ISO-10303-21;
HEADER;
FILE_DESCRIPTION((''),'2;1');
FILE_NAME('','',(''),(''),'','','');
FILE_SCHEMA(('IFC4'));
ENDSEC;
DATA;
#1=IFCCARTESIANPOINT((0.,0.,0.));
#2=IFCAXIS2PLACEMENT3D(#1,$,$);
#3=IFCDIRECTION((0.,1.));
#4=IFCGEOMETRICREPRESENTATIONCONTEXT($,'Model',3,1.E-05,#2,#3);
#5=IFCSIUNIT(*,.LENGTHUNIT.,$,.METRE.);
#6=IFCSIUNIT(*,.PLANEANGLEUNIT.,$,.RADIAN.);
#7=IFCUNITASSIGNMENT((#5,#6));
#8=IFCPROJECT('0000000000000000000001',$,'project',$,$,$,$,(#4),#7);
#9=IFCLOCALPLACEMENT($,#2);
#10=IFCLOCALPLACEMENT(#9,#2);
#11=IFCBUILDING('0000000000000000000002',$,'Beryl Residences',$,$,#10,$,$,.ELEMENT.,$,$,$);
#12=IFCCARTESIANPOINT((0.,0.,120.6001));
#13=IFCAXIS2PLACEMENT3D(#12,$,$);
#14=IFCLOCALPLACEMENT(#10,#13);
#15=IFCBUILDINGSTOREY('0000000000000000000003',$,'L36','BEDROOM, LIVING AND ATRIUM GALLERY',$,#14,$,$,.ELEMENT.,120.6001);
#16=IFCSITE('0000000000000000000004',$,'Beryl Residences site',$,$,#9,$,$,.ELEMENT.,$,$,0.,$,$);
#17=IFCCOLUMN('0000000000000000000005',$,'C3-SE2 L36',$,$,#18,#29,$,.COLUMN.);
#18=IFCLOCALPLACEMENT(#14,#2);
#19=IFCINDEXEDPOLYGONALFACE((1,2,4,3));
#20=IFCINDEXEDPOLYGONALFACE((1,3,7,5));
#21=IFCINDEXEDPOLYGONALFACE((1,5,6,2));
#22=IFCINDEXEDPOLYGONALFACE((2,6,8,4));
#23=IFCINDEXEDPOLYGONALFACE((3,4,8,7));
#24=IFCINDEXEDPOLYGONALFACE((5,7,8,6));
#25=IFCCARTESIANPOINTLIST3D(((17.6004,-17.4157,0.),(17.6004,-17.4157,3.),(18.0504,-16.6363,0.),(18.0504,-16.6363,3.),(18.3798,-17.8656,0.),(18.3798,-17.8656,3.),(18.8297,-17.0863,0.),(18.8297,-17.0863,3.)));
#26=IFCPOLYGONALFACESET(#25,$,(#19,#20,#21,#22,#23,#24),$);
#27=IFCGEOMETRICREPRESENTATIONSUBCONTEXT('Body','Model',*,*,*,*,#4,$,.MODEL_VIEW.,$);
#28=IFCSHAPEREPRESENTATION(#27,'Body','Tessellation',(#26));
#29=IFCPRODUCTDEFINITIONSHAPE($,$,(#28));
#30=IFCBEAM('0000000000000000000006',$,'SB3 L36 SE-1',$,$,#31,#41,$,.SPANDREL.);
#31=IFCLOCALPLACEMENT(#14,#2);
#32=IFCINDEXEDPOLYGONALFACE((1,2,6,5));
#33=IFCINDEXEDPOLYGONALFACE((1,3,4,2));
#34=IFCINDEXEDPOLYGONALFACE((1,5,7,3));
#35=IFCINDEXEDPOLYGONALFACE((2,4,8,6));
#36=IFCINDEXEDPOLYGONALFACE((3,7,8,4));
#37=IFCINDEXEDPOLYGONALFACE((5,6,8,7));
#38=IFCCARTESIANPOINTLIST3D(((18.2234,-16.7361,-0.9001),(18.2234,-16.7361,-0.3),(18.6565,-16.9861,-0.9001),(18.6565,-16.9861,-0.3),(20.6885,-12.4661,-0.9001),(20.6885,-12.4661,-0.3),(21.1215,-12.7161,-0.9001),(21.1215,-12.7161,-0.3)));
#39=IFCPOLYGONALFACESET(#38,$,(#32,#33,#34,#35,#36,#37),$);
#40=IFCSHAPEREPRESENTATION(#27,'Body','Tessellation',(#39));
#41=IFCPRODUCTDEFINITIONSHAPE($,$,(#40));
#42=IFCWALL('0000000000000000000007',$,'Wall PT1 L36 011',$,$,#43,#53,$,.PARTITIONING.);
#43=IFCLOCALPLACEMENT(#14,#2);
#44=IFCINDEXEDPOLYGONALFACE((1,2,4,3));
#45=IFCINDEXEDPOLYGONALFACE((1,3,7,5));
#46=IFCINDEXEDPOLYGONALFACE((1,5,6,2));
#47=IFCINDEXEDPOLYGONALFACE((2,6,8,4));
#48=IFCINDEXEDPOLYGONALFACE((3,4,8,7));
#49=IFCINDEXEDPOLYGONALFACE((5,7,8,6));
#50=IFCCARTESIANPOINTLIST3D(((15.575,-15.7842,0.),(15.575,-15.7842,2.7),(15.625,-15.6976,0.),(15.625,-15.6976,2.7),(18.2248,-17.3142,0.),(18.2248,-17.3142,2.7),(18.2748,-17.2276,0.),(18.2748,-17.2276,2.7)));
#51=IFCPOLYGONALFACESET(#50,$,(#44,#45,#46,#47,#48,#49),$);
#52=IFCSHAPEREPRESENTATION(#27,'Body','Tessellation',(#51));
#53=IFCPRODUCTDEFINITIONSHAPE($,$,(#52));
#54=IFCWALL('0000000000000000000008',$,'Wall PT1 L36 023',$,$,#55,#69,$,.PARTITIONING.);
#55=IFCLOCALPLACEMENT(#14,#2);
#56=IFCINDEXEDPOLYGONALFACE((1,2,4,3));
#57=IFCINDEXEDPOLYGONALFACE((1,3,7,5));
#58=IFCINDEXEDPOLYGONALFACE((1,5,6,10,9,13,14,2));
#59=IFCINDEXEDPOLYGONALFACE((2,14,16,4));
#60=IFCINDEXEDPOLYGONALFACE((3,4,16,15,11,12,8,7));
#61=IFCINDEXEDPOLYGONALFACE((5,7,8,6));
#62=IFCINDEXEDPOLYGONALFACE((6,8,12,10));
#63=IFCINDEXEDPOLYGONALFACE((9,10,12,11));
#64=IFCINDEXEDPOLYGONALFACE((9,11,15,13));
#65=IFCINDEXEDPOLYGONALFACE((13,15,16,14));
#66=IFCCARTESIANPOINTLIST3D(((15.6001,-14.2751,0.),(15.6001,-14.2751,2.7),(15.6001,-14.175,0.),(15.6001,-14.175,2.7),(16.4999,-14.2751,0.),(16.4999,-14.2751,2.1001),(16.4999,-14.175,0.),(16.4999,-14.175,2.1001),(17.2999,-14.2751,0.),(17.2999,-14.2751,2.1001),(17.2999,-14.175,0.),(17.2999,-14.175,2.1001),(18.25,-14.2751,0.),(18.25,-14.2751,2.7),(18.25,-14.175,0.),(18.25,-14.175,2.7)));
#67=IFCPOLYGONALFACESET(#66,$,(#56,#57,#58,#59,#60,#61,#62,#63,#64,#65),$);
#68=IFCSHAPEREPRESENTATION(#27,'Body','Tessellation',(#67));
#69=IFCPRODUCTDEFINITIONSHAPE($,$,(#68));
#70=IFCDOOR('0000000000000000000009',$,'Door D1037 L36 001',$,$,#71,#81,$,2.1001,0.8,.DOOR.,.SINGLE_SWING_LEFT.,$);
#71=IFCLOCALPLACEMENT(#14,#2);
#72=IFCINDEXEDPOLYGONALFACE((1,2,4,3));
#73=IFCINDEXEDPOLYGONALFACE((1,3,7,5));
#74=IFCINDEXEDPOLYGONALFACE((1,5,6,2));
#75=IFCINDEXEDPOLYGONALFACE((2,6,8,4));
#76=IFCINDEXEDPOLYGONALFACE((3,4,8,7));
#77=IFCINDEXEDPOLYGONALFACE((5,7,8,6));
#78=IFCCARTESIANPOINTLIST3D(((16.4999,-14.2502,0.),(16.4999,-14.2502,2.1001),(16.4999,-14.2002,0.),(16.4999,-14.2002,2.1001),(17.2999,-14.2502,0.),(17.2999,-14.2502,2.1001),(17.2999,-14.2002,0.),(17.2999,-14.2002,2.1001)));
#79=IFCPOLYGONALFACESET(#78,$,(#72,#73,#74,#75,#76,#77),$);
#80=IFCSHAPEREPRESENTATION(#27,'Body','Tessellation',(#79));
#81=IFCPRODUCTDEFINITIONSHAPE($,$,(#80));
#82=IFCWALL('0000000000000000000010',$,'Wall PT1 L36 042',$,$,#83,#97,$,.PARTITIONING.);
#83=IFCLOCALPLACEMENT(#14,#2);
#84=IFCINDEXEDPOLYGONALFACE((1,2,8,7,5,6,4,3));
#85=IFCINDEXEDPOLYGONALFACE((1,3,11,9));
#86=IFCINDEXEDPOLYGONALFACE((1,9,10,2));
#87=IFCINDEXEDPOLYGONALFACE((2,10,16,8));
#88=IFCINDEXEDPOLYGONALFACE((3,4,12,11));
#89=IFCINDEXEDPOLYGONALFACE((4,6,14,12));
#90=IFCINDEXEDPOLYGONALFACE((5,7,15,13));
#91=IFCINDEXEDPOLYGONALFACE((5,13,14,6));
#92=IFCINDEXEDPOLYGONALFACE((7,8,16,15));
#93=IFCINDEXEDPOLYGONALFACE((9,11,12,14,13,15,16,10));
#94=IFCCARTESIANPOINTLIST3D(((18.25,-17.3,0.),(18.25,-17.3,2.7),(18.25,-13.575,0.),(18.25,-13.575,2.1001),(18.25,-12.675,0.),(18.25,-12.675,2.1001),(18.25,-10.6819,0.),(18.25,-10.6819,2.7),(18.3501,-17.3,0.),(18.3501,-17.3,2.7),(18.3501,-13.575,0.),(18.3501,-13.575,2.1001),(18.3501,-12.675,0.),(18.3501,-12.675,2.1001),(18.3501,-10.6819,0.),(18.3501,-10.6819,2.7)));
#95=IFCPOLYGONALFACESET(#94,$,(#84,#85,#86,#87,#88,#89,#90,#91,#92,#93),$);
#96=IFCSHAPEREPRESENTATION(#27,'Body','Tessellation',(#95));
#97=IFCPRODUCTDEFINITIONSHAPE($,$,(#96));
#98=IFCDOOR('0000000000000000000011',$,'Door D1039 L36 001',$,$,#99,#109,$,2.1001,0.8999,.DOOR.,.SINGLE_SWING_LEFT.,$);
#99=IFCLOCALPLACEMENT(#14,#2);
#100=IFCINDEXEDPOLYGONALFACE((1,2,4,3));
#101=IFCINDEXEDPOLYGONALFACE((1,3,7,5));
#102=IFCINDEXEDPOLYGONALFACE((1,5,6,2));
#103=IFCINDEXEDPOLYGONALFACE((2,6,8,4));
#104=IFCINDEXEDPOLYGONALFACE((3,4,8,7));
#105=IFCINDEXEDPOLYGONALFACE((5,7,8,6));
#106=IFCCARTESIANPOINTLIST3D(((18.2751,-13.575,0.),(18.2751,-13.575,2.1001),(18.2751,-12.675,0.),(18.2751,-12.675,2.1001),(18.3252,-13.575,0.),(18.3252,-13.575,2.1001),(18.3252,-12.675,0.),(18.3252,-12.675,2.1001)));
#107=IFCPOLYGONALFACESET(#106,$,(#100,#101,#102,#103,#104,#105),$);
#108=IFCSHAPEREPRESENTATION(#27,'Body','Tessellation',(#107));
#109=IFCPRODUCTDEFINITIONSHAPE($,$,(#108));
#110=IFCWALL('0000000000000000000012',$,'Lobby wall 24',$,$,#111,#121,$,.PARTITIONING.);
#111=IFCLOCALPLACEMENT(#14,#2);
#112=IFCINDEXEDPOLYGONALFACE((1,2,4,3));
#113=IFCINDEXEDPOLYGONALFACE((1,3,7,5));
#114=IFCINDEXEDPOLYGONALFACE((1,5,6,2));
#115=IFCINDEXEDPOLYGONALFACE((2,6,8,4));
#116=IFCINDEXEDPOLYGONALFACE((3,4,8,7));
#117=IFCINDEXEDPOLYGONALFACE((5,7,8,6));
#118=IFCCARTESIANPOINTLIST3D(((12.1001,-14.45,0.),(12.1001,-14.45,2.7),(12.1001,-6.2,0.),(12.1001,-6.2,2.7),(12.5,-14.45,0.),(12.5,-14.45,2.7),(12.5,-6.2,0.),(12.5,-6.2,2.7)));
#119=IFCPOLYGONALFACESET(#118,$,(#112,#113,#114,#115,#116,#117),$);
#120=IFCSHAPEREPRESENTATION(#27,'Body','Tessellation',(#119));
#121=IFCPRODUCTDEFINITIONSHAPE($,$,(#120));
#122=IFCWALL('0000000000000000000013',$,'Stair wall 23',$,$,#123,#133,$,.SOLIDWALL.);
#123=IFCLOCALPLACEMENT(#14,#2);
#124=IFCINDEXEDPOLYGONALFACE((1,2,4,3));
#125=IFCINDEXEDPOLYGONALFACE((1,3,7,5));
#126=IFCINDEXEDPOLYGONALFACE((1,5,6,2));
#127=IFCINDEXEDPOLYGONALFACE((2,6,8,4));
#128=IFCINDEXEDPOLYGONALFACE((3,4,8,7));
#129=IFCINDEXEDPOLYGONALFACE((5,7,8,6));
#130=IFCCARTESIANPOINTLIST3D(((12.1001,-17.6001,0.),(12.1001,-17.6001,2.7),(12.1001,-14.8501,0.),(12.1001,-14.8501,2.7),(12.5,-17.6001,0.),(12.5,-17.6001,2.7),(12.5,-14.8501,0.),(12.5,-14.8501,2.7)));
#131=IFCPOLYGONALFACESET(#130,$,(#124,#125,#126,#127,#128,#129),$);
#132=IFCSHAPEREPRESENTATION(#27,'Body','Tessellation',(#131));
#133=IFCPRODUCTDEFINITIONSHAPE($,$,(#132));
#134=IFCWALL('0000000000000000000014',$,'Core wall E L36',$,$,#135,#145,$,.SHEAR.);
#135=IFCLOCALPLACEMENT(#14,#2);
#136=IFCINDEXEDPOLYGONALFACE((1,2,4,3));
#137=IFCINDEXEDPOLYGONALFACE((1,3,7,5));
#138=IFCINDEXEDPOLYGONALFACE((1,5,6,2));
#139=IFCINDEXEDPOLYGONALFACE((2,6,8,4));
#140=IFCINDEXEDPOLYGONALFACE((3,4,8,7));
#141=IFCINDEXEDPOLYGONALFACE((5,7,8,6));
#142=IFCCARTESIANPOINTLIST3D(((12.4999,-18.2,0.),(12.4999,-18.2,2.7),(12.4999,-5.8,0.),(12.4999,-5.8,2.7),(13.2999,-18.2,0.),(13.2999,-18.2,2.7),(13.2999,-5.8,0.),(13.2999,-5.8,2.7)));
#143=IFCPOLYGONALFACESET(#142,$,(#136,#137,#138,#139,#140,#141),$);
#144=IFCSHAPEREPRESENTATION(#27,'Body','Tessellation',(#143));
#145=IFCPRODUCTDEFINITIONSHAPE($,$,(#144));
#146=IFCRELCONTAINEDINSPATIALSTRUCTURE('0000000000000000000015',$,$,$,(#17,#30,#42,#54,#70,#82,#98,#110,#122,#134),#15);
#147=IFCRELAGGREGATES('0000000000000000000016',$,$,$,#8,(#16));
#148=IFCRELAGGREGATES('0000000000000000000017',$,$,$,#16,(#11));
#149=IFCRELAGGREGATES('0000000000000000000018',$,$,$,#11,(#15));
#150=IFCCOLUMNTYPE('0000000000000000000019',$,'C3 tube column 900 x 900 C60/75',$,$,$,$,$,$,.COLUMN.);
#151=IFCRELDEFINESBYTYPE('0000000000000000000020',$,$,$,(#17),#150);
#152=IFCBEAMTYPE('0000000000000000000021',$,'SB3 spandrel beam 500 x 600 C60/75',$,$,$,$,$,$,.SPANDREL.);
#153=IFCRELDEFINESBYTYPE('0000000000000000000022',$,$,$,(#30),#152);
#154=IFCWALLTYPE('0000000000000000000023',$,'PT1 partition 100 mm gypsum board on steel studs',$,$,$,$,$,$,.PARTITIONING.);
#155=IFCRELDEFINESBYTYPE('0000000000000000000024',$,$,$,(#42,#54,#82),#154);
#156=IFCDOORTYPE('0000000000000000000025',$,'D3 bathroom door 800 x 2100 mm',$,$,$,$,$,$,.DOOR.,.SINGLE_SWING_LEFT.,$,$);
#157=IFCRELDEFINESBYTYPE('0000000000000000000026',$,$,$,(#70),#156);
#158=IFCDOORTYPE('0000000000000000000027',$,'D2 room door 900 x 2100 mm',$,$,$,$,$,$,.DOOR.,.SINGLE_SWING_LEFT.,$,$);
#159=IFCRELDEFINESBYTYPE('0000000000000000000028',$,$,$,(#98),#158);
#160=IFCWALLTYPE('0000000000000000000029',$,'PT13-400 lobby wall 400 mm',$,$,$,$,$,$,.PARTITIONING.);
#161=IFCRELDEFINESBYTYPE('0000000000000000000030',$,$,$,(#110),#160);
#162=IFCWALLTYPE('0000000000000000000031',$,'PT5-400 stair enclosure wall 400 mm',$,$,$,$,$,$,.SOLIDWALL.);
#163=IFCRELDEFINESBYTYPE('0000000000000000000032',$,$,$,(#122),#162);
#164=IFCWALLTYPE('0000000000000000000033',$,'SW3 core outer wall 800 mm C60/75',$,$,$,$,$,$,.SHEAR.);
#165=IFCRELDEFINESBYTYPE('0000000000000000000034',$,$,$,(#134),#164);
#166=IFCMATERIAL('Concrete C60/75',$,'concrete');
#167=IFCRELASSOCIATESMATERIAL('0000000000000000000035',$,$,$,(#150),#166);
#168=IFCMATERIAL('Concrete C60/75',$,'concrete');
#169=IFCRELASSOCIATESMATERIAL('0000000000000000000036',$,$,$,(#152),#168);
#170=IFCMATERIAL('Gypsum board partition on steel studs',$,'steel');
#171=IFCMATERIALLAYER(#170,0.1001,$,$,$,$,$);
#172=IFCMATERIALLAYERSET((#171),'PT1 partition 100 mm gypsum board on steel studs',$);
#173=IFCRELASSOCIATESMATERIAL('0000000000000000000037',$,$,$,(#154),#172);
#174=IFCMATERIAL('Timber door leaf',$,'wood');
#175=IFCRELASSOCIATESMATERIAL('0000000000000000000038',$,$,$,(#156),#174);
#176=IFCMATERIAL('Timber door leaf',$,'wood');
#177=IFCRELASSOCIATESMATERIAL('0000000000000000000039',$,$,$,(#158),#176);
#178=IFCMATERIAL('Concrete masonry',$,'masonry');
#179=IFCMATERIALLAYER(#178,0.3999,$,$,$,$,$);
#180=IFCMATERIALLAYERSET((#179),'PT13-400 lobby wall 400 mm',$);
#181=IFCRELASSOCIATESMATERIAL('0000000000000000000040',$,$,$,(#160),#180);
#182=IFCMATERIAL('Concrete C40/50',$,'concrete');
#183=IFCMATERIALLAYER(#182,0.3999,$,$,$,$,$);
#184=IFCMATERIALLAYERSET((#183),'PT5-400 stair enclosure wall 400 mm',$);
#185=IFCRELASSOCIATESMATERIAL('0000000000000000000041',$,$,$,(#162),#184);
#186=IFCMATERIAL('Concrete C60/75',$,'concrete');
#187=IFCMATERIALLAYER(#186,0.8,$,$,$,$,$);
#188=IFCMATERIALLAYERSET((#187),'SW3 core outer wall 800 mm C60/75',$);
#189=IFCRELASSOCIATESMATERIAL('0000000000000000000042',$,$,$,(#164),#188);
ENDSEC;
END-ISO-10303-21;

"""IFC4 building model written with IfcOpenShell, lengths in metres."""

from ifc_helpers import new_model, si_unit, direction, frame, frame_2d, origin, origin_2d, place, context, subcontext, project, spatial, rectangle, extrude, material, layer, layer_set, material_profile, profile_set, type_object, element, fill, save


model = new_model("IFC4")

# Units and contexts
model_context = context("Model", 3, precision=1e-05, world=origin(), true_north=direction((0.0, 1.0)))
body_context = subcontext(model_context, "Body", "Model", "MODEL_VIEW")
ifc_project = project(units=[si_unit("LENGTHUNIT", "METRE"), si_unit("PLANEANGLEUNIT", "RADIAN")], contexts=[model_context])

# Site, building, storey
site_placement = place(None, origin())
site = spatial("IfcSite", under=ifc_project, at=site_placement, Name="Beryl Residences site", CompositionType="ELEMENT", RefElevation=0.0)
building_placement = place(site_placement, origin())
building = spatial("IfcBuilding", under=site, at=building_placement, Name="Beryl Residences", CompositionType="ELEMENT")
storey_placement = place(building_placement, frame((0.0, 0.0, 120.6001)))
storey = spatial("IfcBuildingStorey", under=building, at=storey_placement, Name="L36", Description="BEDROOM, LIVING AND ATRIUM GALLERY", CompositionType="ELEMENT", Elevation=120.6001)

# Column
ifc_material_1 = material(Name="Concrete C60/75", Category="concrete")
ifc_material_profile_1 = material_profile(ifc_material_1, rectangle(XDim=0.8999, YDim=0.8999, at=origin_2d()))
ifc_profile_set_1 = profile_set([ifc_material_profile_1], Name="Concrete C60/75")
column_type = type_object("IfcColumnType", Name="C3 tube column 900 x 900 C60/75", PredefinedType="COLUMN", material=ifc_profile_set_1)
column_placement = place(storey_placement, frame((18.2151, -17.251, 0.0), z_axis=(0.0, 0.0, 1.0), x_axis=(0.5, 0.866025, 0.0)))
element("IfcColumn", 1, at=column_placement, inside=storey, type_object=column_type, Name="C3-SE2 L36", PredefinedType="COLUMN", context=body_context, shape_type="SweptSolid", body=[
    extrude(rectangle(XDim=0.8999, YDim=0.8999, at=origin_2d()), origin(), (0.0, 0.0, 1.0), 3.0),
])

# Beam
ifc_material_2 = material(Name="Concrete C60/75", Category="concrete")
ifc_material_profile_2 = material_profile(ifc_material_2, rectangle(XDim=0.5, YDim=0.6001, at=origin_2d()))
ifc_profile_set_2 = profile_set([ifc_material_profile_2], Name="Concrete C60/75")
beam_type = type_object("IfcBeamType", Name="SB3 spandrel beam 500 x 600 C60/75", PredefinedType="SPANDREL", material=ifc_profile_set_2)
beam_placement = place(storey_placement, frame((18.4399, -16.8611, -0.6001), z_axis=(0.499968, 0.866044, 0.0), x_axis=(-0.866044, 0.499968, 0.0)))
element("IfcBeam", 2, at=beam_placement, inside=storey, type_object=beam_type, Name="SB3 L36 SE-1", PredefinedType="SPANDREL", context=body_context, shape_type="SweptSolid", body=[
    extrude(rectangle(XDim=0.5, YDim=0.6001, at=origin_2d()), origin(), (0.0, 0.0, 1.0), 4.9304),
])

# Wall
ifc_material_3 = material(Name="Gypsum board partition on steel studs", Category="steel")
ifc_layer_1 = layer(ifc_material_3, 0.1001)
ifc_layer_set_1 = layer_set([ifc_layer_1], Name="PT1 partition 100 mm gypsum board on steel studs")
wall_type_1 = type_object("IfcWallType", Name="PT1 partition 100 mm gypsum board on steel studs", PredefinedType="PARTITIONING", material=ifc_layer_set_1)
wall_1_placement = place(storey_placement, frame((15.6001, -15.741, 0.0), z_axis=(0.0, 0.0, 1.0), x_axis=(0.86601, -0.500026, 0.0)))
element("IfcWall", 3, at=wall_1_placement, inside=storey, type_object=wall_type_1, Name="Wall PT1 L36 011", PredefinedType="PARTITIONING", context=body_context, shape_type="SweptSolid", body=[
    extrude(rectangle(XDim=3.0598, YDim=0.1001, at=frame_2d((1.5298, 0.0))), origin(), (0.0, 0.0, 1.0), 2.7),
])

# Walls, openings, doors
wall_2_placement = place(storey_placement, frame((15.6001, -14.2251, 0.0), z_axis=(0.0, 0.0, 1.0), x_axis=(1.0, 0.0, 0.0)))
wall_2 = element("IfcWall", 4, at=wall_2_placement, inside=storey, type_object=wall_type_1, Name="Wall PT1 L36 023", PredefinedType="PARTITIONING", context=body_context, shape_type="SweptSolid", body=[
    extrude(rectangle(XDim=2.6499, YDim=0.1001, at=frame_2d((1.325, 0.0))), origin(), (0.0, 0.0, 1.0), 2.7),
])
opening_1_placement = place(wall_2_placement, frame((0.8999, 0.0, 0.0)))
opening_1 = element("IfcOpeningElement", 5, at=opening_1_placement, cuts=wall_2, PredefinedType="OPENING", context=body_context, shape_type="SweptSolid", body=[
    extrude(rectangle(XDim=0.8, YDim=2.1001, at=frame_2d((0.3999, 1.05))), frame((0.0, 0.0601, 0.0), z_axis=(0.0, -1.0, 0.0), x_axis=(1.0, 0.0, 0.0)), (0.0, 0.0, 1.0), 0.1201),
])
ifc_material_4 = material(Name="Timber door leaf", Category="wood")
door_type_1 = type_object("IfcDoorType", Name="D3 bathroom door 800 x 2100 mm", OperationType="SINGLE_SWING_LEFT", PredefinedType="DOOR", material=ifc_material_4)
door_1_placement = place(opening_1_placement, origin())
door_1 = element("IfcDoor", 6, at=door_1_placement, inside=storey, type_object=door_type_1, Name="Door D1037 L36 001", OperationType="SINGLE_SWING_LEFT", OverallHeight=2.1001, OverallWidth=0.8, PredefinedType="DOOR", context=body_context, shape_type="SweptSolid", body=[
    extrude(rectangle(XDim=0.8, YDim=2.1001, at=frame_2d((0.3999, 1.05))), frame((0.0, 0.0249, 0.0), z_axis=(0.0, -1.0, 0.0), x_axis=(1.0, 0.0, 0.0)), (0.0, 0.0, 1.0), 0.05),
])
fill(opening_1, door_1)
wall_3_placement = place(storey_placement, frame((18.3, -17.3, 0.0), z_axis=(0.0, 0.0, 1.0), x_axis=(0.0, 1.0, 0.0)))
wall_3 = element("IfcWall", 7, at=wall_3_placement, inside=storey, type_object=wall_type_1, Name="Wall PT1 L36 042", PredefinedType="PARTITIONING", context=body_context, shape_type="SweptSolid", body=[
    extrude(rectangle(XDim=6.6182, YDim=0.1001, at=frame_2d((3.3091, 0.0))), origin(), (0.0, 0.0, 1.0), 2.7),
])
opening_2_placement = place(wall_3_placement, frame((3.7251, 0.0, 0.0)))
opening_2 = element("IfcOpeningElement", 8, at=opening_2_placement, cuts=wall_3, PredefinedType="OPENING", context=body_context, shape_type="SweptSolid", body=[
    extrude(rectangle(XDim=0.8999, YDim=2.1001, at=frame_2d((0.45, 1.05))), frame((0.0, 0.0601, 0.0), z_axis=(0.0, -1.0, 0.0), x_axis=(1.0, 0.0, 0.0)), (0.0, 0.0, 1.0), 0.1201),
])
ifc_material_5 = material(Name="Timber door leaf", Category="wood")
door_type_2 = type_object("IfcDoorType", Name="D2 room door 900 x 2100 mm", OperationType="SINGLE_SWING_LEFT", PredefinedType="DOOR", material=ifc_material_5)
door_2_placement = place(opening_2_placement, origin())
door_2 = element("IfcDoor", 9, at=door_2_placement, inside=storey, type_object=door_type_2, Name="Door D1039 L36 001", OperationType="SINGLE_SWING_LEFT", OverallHeight=2.1001, OverallWidth=0.8999, PredefinedType="DOOR", context=body_context, shape_type="SweptSolid", body=[
    extrude(rectangle(XDim=0.8999, YDim=2.1001, at=frame_2d((0.45, 1.05))), frame((0.0, 0.0249, 0.0), z_axis=(0.0, -1.0, 0.0), x_axis=(1.0, 0.0, 0.0)), (0.0, 0.0, 1.0), 0.05),
])
fill(opening_2, door_2)

# Walls
ifc_material_6 = material(Name="Concrete masonry", Category="masonry")
ifc_layer_2 = layer(ifc_material_6, 0.3999)
ifc_layer_set_2 = layer_set([ifc_layer_2], Name="PT13-400 lobby wall 400 mm")
wall_type_2 = type_object("IfcWallType", Name="PT13-400 lobby wall 400 mm", PredefinedType="PARTITIONING", material=ifc_layer_set_2)
wall_4_placement = place(storey_placement, frame((12.3, -14.45, 0.0), z_axis=(0.0, 0.0, 1.0), x_axis=(0.0, 1.0, 0.0)))
element("IfcWall", 10, at=wall_4_placement, inside=storey, type_object=wall_type_2, Name="Lobby wall 24", PredefinedType="PARTITIONING", context=body_context, shape_type="SweptSolid", body=[
    extrude(rectangle(XDim=8.25, YDim=0.3999, at=frame_2d((4.125, 0.0))), origin(), (0.0, 0.0, 1.0), 2.7),
])
ifc_material_7 = material(Name="Concrete C40/50", Category="concrete")
ifc_layer_3 = layer(ifc_material_7, 0.3999)
ifc_layer_set_3 = layer_set([ifc_layer_3], Name="PT5-400 stair enclosure wall 400 mm")
wall_type_3 = type_object("IfcWallType", Name="PT5-400 stair enclosure wall 400 mm", PredefinedType="SOLIDWALL", material=ifc_layer_set_3)
wall_5_placement = place(storey_placement, frame((12.3, -17.6001, 0.0), z_axis=(0.0, 0.0, 1.0), x_axis=(0.0, 1.0, 0.0)))
element("IfcWall", 11, at=wall_5_placement, inside=storey, type_object=wall_type_3, Name="Stair wall 23", PredefinedType="SOLIDWALL", context=body_context, shape_type="SweptSolid", body=[
    extrude(rectangle(XDim=2.75, YDim=0.3999, at=frame_2d((1.375, 0.0))), origin(), (0.0, 0.0, 1.0), 2.7),
])
ifc_material_8 = material(Name="Concrete C60/75", Category="concrete")
ifc_layer_4 = layer(ifc_material_8, 0.8)
ifc_layer_set_4 = layer_set([ifc_layer_4], Name="SW3 core outer wall 800 mm C60/75")
wall_type_4 = type_object("IfcWallType", Name="SW3 core outer wall 800 mm C60/75", PredefinedType="SHEAR", material=ifc_layer_set_4)
wall_6_placement = place(storey_placement, frame((12.8999, -18.2, 0.0), z_axis=(0.0, 0.0, 1.0), x_axis=(0.0, 1.0, 0.0)))
element("IfcWall", 12, at=wall_6_placement, inside=storey, type_object=wall_type_4, Name="Core wall E L36", PredefinedType="SHEAR", context=body_context, shape_type="SweptSolid", body=[
    extrude(rectangle(XDim=12.3999, YDim=0.8, at=frame_2d((6.2, 0.0))), origin(), (0.0, 0.0, 1.0), 2.7),
])

save(model, "model.ifc")
